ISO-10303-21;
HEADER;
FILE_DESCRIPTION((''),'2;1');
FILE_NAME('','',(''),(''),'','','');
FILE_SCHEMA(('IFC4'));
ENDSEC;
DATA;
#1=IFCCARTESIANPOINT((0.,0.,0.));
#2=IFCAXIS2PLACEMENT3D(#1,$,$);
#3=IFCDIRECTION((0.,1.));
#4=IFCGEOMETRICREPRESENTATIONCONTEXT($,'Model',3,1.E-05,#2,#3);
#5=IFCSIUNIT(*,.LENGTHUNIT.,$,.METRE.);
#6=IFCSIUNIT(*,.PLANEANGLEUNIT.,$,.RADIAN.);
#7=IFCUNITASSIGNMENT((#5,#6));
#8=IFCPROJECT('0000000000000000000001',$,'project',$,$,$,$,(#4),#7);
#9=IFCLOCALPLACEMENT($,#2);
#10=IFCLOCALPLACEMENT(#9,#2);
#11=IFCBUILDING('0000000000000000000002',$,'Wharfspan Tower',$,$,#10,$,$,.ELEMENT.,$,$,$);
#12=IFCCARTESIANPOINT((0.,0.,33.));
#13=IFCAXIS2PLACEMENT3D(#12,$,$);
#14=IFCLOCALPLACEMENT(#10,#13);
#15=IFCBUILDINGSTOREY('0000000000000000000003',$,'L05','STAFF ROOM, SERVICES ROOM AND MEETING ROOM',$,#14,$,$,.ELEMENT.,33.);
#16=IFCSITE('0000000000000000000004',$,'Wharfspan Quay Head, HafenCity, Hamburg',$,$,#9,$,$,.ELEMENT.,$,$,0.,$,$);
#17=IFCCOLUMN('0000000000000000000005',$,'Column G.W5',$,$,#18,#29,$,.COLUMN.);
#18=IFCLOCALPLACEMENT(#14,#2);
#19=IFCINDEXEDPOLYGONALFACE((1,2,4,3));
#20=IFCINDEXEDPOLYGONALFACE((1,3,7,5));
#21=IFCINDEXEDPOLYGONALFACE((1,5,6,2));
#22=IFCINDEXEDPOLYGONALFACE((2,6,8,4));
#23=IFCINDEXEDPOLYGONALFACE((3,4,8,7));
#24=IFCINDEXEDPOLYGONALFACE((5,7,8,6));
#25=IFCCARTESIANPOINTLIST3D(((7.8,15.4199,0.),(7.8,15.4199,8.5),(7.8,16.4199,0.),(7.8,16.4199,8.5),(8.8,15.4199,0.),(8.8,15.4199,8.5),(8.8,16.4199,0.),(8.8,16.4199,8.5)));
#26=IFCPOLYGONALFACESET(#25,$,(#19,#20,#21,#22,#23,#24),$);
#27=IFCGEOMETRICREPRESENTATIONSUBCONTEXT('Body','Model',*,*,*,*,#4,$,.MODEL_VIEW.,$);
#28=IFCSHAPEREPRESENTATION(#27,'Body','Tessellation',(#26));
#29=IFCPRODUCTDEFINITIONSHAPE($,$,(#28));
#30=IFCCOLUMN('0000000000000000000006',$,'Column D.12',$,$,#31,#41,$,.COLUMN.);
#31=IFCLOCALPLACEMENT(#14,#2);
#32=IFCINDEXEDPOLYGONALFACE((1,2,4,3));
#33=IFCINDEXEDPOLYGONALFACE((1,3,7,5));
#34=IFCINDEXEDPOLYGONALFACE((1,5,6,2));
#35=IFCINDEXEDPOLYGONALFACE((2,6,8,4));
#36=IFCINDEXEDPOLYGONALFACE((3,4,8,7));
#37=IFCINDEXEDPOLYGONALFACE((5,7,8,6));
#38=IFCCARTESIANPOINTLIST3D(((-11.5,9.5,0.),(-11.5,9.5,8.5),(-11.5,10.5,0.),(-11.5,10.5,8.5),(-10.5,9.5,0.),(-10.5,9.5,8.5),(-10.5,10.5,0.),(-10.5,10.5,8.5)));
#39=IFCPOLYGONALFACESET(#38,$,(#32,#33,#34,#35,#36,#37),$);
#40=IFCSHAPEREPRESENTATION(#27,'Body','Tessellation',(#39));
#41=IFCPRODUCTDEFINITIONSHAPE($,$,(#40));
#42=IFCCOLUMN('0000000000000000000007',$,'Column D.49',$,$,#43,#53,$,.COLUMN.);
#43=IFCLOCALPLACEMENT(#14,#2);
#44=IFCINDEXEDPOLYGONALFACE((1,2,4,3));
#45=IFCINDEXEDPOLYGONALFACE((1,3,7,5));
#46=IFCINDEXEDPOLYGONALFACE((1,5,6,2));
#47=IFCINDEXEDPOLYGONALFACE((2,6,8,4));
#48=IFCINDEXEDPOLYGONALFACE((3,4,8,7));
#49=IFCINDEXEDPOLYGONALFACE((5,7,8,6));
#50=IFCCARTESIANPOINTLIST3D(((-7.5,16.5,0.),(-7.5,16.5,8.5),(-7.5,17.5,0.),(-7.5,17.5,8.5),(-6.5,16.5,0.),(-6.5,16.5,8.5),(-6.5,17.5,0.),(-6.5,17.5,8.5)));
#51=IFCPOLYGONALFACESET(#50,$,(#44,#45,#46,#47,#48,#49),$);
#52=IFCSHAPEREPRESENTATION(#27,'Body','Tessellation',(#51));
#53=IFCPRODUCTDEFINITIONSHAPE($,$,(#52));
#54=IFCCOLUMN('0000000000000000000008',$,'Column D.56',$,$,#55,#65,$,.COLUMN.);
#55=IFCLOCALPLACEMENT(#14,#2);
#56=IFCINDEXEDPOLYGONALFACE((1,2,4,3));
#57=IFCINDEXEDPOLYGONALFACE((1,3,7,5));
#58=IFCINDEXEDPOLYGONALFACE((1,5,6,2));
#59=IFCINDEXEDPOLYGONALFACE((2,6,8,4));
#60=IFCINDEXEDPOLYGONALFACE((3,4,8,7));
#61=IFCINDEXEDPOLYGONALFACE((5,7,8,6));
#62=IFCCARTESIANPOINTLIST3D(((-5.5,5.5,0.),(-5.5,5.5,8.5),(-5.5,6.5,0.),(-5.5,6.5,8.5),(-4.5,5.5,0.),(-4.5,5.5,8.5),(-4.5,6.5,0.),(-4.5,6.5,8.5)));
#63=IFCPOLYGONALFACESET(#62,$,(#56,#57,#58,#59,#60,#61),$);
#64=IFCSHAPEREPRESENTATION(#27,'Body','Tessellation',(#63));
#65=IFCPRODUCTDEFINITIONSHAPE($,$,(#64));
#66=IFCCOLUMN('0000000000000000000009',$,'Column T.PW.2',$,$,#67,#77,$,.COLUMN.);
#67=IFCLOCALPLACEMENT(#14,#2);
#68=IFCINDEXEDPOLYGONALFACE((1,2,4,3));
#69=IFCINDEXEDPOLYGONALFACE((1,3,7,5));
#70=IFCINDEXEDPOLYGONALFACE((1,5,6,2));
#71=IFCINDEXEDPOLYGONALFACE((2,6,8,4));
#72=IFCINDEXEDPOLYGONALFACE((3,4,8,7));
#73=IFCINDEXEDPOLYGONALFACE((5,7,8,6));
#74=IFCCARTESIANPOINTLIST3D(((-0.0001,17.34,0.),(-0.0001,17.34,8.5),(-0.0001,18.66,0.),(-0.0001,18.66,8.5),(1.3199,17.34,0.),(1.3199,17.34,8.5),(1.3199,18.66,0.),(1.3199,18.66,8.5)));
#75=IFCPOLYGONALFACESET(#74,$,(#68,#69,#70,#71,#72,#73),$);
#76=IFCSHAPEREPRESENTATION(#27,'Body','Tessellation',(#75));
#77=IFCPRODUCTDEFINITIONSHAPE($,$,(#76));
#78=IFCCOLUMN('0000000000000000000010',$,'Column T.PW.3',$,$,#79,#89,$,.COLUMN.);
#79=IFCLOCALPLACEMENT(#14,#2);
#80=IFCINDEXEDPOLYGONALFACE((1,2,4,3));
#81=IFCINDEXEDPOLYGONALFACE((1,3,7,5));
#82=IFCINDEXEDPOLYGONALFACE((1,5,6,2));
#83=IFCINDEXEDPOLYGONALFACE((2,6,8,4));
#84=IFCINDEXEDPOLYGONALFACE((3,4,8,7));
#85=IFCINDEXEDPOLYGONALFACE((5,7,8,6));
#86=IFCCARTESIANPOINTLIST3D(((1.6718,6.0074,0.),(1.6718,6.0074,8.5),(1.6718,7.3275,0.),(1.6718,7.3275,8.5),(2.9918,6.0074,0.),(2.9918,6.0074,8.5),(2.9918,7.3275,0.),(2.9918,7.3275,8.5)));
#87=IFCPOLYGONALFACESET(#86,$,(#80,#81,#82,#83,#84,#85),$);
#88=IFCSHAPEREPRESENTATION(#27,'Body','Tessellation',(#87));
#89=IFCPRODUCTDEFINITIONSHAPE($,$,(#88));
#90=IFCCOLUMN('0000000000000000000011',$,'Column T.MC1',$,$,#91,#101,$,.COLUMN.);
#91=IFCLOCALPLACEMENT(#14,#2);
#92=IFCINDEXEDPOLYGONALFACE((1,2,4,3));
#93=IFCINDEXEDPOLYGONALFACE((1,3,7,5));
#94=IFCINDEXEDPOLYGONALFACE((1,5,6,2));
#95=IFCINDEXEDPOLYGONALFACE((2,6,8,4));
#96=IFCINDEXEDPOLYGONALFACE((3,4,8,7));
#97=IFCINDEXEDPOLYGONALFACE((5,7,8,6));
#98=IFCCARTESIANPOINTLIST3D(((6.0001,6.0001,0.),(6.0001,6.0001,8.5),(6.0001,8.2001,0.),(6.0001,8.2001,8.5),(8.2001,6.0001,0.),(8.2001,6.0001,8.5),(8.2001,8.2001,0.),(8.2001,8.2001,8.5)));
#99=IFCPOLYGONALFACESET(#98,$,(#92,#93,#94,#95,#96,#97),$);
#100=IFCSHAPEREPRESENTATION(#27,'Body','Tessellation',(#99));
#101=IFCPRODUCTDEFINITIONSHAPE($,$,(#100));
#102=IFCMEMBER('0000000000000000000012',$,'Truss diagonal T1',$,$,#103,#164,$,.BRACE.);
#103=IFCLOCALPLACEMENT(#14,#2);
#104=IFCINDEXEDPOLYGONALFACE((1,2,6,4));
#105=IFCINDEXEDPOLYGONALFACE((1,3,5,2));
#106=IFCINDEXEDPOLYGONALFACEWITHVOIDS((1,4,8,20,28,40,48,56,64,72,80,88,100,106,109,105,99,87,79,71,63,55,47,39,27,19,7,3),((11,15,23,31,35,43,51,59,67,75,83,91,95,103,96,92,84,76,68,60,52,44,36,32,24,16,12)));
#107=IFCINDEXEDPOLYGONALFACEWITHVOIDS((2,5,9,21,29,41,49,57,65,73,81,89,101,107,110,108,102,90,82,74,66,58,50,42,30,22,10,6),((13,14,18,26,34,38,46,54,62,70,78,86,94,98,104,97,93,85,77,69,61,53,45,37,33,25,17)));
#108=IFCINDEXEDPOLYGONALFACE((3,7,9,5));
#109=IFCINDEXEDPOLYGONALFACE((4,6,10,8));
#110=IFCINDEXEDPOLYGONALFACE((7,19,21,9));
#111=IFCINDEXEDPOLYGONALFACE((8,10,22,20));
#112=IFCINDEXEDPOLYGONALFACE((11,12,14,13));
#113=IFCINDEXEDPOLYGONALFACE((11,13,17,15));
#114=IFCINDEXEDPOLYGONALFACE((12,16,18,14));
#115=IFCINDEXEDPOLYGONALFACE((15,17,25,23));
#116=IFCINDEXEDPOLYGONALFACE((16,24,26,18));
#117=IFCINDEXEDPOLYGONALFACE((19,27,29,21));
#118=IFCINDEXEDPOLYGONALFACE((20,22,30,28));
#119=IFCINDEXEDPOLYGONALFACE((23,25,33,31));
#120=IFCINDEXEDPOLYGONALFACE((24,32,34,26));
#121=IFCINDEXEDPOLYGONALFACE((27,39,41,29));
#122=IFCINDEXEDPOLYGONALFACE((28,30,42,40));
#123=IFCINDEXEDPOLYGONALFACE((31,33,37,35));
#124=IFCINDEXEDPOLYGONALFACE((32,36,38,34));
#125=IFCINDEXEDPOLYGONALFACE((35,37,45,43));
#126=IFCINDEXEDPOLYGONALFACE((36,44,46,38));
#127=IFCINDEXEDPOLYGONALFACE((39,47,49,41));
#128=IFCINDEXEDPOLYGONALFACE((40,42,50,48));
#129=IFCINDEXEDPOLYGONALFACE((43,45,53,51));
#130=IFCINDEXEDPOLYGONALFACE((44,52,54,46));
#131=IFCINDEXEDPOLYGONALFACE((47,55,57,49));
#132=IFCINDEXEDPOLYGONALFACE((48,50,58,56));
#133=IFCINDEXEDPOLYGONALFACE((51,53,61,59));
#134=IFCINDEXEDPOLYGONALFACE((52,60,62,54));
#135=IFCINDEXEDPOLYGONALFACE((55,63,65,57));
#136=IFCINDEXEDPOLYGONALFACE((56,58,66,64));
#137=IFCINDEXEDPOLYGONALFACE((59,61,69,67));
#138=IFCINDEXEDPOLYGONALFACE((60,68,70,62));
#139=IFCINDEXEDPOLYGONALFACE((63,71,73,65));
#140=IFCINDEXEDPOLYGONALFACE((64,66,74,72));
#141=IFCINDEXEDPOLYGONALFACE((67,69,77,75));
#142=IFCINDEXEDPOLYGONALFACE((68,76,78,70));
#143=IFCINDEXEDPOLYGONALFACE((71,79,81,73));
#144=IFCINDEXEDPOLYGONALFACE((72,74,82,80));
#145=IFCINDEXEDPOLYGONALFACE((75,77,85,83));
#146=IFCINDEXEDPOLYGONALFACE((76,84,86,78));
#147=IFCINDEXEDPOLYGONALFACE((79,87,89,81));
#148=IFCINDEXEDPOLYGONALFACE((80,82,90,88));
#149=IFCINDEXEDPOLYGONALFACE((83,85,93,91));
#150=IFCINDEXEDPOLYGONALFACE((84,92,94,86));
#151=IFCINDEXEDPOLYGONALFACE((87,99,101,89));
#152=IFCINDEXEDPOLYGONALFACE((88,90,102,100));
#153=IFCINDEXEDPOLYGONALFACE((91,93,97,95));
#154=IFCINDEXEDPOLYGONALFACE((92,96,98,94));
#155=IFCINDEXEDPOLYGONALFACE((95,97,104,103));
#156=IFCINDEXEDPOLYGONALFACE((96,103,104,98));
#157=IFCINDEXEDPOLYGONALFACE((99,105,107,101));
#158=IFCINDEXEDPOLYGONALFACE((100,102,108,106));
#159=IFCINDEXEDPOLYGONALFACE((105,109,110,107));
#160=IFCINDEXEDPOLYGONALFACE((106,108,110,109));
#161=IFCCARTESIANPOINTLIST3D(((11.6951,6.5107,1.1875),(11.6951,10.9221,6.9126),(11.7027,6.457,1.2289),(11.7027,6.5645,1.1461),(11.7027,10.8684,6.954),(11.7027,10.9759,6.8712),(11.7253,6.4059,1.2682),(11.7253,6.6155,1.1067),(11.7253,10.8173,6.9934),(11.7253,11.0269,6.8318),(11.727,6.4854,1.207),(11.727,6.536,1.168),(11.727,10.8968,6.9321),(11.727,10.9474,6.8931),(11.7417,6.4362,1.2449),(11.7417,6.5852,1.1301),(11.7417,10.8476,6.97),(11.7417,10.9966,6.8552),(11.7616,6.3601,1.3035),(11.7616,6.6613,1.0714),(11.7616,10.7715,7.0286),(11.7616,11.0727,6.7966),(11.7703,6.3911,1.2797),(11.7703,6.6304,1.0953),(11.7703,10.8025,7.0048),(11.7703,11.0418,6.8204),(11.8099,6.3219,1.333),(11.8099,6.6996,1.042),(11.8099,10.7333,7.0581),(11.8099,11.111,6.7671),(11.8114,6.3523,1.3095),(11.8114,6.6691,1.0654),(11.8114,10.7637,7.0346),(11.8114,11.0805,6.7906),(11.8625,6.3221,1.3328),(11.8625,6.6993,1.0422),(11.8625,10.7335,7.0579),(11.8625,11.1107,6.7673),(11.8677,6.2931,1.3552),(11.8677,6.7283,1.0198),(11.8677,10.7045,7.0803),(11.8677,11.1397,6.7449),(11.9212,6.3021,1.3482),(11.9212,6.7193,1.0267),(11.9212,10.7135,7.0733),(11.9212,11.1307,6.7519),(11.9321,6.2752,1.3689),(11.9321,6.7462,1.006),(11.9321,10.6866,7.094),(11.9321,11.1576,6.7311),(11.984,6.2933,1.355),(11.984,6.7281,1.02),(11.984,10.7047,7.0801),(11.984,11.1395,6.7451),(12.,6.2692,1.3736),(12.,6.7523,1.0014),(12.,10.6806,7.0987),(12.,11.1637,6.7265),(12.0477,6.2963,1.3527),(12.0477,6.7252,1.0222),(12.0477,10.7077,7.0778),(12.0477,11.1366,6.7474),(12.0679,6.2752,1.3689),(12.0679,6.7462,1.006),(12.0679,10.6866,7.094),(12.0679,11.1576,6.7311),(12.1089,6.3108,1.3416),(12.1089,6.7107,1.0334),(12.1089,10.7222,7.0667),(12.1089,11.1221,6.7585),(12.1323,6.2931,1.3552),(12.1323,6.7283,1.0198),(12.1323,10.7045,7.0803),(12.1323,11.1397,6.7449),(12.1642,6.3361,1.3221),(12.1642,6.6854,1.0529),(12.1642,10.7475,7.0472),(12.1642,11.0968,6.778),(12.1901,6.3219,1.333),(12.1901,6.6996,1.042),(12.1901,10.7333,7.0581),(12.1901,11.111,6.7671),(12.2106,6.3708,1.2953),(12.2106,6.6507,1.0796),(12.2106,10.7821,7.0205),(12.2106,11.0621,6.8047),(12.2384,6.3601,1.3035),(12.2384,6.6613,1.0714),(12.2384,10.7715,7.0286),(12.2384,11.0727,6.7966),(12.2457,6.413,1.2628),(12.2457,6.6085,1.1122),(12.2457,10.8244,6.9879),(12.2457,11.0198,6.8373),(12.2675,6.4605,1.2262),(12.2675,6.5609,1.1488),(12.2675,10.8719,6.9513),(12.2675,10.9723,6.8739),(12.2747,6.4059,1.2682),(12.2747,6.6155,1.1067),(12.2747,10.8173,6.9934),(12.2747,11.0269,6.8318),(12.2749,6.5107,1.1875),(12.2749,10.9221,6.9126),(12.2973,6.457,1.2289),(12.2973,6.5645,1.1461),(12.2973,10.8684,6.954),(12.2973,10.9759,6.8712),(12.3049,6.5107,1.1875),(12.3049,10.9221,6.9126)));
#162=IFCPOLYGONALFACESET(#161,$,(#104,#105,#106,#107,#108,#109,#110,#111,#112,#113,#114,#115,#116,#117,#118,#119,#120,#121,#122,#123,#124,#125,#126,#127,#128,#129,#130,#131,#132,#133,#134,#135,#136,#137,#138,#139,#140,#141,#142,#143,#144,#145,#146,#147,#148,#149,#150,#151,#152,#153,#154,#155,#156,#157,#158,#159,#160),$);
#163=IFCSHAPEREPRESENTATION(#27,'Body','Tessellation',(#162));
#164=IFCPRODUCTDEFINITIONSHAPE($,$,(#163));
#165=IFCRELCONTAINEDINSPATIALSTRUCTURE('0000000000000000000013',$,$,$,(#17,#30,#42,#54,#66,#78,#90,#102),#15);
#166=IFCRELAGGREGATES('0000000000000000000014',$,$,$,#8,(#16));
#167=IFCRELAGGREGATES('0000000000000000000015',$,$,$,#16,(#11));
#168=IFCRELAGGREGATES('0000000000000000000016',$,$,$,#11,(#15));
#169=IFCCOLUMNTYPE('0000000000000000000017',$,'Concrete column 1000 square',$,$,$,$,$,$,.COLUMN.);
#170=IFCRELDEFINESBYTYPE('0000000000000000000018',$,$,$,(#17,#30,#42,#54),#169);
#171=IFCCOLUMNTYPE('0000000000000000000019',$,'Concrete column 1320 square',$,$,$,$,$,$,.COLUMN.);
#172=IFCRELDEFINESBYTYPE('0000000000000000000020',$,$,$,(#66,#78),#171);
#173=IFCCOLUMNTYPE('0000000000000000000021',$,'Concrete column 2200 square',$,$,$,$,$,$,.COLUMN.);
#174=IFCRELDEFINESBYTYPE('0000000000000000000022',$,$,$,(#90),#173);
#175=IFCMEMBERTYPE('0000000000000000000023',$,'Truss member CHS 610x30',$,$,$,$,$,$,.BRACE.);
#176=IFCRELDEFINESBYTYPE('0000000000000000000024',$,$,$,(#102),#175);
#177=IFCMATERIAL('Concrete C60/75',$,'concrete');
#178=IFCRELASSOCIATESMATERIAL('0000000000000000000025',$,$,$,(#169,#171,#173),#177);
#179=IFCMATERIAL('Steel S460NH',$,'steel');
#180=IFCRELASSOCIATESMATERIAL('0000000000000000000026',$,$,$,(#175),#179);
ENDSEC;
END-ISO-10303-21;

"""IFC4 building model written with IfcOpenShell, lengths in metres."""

from ifc_helpers import new_model, si_unit, direction, frame, origin, origin_2d, place, context, subcontext, project, spatial, rectangle, hollow_circle, extrude, material, material_profile, profile_set, type_object, element, save


model = new_model("IFC4")

# Units and contexts
model_context = context("Model", 3, precision=1e-05, world=origin(), true_north=direction((0.0, 1.0)))
body_context = subcontext(model_context, "Body", "Model", "MODEL_VIEW")
ifc_project = project(units=[si_unit("LENGTHUNIT", "METRE"), si_unit("PLANEANGLEUNIT", "RADIAN")], contexts=[model_context])

# Site, building, storey
site_placement = place(None, origin())
site = spatial("IfcSite", under=ifc_project, at=site_placement, Name="Wharfspan Quay Head, HafenCity, Hamburg", CompositionType="ELEMENT", RefElevation=0.0)
building_placement = place(site_placement, origin())
building = spatial("IfcBuilding", under=site, at=building_placement, Name="Wharfspan Tower", CompositionType="ELEMENT")
storey_placement = place(building_placement, frame((0.0, 0.0, 33.0)))
storey = spatial("IfcBuildingStorey", under=building, at=storey_placement, Name="L05", Description="STAFF ROOM, SERVICES ROOM AND MEETING ROOM", CompositionType="ELEMENT", Elevation=33.0)

# Columns
ifc_material_1 = material(Name="Concrete C60/75", Category="concrete")
ifc_material_profile_1 = material_profile(ifc_material_1, rectangle(XDim=1.0, YDim=1.0, at=origin_2d()))
ifc_profile_set_1 = profile_set([ifc_material_profile_1], Name="Concrete C60/75")
column_type_1 = type_object("IfcColumnType", Name="Concrete column 1000 square", PredefinedType="COLUMN", material=ifc_profile_set_1)
for number, where, z_axis, x_axis, name in (
    (1, (8.3, 15.9199, 0.0), (0.0, 0.0, 1.0), (1.0, 0.0, 0.0), "Column G.W5"),
    (2, (-11.0, 10.0, 0.0), (0.0, 0.0, 1.0), (1.0, 0.0, 0.0), "Column D.12"),
    (3, (-7.0, 17.0, 0.0), (0.0, 0.0, 1.0), (1.0, 0.0, 0.0), "Column D.49"),
    (4, (-5.0, 6.0, 0.0), (0.0, 0.0, 1.0), (1.0, 0.0, 0.0), "Column D.56"),
):
    element("IfcColumn", number, at=place(storey_placement, frame(where, z_axis=z_axis, x_axis=x_axis)), inside=storey, type_object=column_type_1, Name=name, PredefinedType="COLUMN", context=body_context, shape_type="SweptSolid", body=[
        extrude(rectangle(XDim=1.0, YDim=1.0, at=origin_2d()), origin(), (0.0, 0.0, 1.0), 8.5),
    ])
ifc_material_profile_2 = material_profile(ifc_material_1, rectangle(XDim=1.3201, YDim=1.3201, at=origin_2d()))
ifc_profile_set_2 = profile_set([ifc_material_profile_2], Name="Concrete C60/75")
column_type_2 = type_object("IfcColumnType", Name="Concrete column 1320 square", PredefinedType="COLUMN", material=ifc_profile_set_2)
for number, where, z_axis, x_axis, name in (
    (5, (0.6599, 18.0, 0.0), (0.0, 0.0, 1.0), (1.0, 0.0, 0.0), "Column T.PW.2"),
    (6, (2.3318, 6.6675, 0.0), (0.0, 0.0, 1.0), (1.0, 0.0, 0.0), "Column T.PW.3"),
):
    element("IfcColumn", number, at=place(storey_placement, frame(where, z_axis=z_axis, x_axis=x_axis)), inside=storey, type_object=column_type_2, Name=name, PredefinedType="COLUMN", context=body_context, shape_type="SweptSolid", body=[
        extrude(rectangle(XDim=1.3201, YDim=1.3201, at=origin_2d()), origin(), (0.0, 0.0, 1.0), 8.5),
    ])
ifc_material_profile_3 = material_profile(ifc_material_1, rectangle(XDim=2.2, YDim=2.2, at=origin_2d()))
ifc_profile_set_3 = profile_set([ifc_material_profile_3], Name="Concrete C60/75")
column_type_3 = type_object("IfcColumnType", Name="Concrete column 2200 square", PredefinedType="COLUMN", material=ifc_profile_set_3)
column_placement = place(storey_placement, frame((7.1001, 7.1001, 0.0), z_axis=(0.0, 0.0, 1.0), x_axis=(1.0, 0.0, 0.0)))
element("IfcColumn", 7, at=column_placement, inside=storey, type_object=column_type_3, Name="Column T.MC1", PredefinedType="COLUMN", context=body_context, shape_type="SweptSolid", body=[
    extrude(rectangle(XDim=2.2, YDim=2.2, at=origin_2d()), origin(), (0.0, 0.0, 1.0), 8.5),
])

# Member
ifc_material_2 = material(Name="Steel S460NH", Category="steel")
ifc_material_profile_4 = material_profile(ifc_material_2, hollow_circle(Radius=0.3049, WallThickness=0.03, at=origin_2d()))
ifc_profile_set_4 = profile_set([ifc_material_profile_4], Name="Steel S460NH")
member_type_1 = type_object("IfcMemberType", Name="Truss member CHS 610x30", PredefinedType="BRACE", material=ifc_profile_set_4)
member_1_placement = place(storey_placement, frame((12.0, 10.9221, 6.9126), z_axis=(0.0, -0.610359, -0.792125), x_axis=(1.0, 0.0, 0.0)))
element("IfcMember", 8, at=member_1_placement, inside=storey, type_object=member_type_1, Name="Truss diagonal T1", PredefinedType="BRACE", context=body_context, shape_type="SweptSolid", body=[
    extrude(hollow_circle(Radius=0.3049, WallThickness=0.03, at=origin_2d()), origin(), (0.0, 0.0, 1.0), 7.2275),
])

save(model, "model.ifc")
